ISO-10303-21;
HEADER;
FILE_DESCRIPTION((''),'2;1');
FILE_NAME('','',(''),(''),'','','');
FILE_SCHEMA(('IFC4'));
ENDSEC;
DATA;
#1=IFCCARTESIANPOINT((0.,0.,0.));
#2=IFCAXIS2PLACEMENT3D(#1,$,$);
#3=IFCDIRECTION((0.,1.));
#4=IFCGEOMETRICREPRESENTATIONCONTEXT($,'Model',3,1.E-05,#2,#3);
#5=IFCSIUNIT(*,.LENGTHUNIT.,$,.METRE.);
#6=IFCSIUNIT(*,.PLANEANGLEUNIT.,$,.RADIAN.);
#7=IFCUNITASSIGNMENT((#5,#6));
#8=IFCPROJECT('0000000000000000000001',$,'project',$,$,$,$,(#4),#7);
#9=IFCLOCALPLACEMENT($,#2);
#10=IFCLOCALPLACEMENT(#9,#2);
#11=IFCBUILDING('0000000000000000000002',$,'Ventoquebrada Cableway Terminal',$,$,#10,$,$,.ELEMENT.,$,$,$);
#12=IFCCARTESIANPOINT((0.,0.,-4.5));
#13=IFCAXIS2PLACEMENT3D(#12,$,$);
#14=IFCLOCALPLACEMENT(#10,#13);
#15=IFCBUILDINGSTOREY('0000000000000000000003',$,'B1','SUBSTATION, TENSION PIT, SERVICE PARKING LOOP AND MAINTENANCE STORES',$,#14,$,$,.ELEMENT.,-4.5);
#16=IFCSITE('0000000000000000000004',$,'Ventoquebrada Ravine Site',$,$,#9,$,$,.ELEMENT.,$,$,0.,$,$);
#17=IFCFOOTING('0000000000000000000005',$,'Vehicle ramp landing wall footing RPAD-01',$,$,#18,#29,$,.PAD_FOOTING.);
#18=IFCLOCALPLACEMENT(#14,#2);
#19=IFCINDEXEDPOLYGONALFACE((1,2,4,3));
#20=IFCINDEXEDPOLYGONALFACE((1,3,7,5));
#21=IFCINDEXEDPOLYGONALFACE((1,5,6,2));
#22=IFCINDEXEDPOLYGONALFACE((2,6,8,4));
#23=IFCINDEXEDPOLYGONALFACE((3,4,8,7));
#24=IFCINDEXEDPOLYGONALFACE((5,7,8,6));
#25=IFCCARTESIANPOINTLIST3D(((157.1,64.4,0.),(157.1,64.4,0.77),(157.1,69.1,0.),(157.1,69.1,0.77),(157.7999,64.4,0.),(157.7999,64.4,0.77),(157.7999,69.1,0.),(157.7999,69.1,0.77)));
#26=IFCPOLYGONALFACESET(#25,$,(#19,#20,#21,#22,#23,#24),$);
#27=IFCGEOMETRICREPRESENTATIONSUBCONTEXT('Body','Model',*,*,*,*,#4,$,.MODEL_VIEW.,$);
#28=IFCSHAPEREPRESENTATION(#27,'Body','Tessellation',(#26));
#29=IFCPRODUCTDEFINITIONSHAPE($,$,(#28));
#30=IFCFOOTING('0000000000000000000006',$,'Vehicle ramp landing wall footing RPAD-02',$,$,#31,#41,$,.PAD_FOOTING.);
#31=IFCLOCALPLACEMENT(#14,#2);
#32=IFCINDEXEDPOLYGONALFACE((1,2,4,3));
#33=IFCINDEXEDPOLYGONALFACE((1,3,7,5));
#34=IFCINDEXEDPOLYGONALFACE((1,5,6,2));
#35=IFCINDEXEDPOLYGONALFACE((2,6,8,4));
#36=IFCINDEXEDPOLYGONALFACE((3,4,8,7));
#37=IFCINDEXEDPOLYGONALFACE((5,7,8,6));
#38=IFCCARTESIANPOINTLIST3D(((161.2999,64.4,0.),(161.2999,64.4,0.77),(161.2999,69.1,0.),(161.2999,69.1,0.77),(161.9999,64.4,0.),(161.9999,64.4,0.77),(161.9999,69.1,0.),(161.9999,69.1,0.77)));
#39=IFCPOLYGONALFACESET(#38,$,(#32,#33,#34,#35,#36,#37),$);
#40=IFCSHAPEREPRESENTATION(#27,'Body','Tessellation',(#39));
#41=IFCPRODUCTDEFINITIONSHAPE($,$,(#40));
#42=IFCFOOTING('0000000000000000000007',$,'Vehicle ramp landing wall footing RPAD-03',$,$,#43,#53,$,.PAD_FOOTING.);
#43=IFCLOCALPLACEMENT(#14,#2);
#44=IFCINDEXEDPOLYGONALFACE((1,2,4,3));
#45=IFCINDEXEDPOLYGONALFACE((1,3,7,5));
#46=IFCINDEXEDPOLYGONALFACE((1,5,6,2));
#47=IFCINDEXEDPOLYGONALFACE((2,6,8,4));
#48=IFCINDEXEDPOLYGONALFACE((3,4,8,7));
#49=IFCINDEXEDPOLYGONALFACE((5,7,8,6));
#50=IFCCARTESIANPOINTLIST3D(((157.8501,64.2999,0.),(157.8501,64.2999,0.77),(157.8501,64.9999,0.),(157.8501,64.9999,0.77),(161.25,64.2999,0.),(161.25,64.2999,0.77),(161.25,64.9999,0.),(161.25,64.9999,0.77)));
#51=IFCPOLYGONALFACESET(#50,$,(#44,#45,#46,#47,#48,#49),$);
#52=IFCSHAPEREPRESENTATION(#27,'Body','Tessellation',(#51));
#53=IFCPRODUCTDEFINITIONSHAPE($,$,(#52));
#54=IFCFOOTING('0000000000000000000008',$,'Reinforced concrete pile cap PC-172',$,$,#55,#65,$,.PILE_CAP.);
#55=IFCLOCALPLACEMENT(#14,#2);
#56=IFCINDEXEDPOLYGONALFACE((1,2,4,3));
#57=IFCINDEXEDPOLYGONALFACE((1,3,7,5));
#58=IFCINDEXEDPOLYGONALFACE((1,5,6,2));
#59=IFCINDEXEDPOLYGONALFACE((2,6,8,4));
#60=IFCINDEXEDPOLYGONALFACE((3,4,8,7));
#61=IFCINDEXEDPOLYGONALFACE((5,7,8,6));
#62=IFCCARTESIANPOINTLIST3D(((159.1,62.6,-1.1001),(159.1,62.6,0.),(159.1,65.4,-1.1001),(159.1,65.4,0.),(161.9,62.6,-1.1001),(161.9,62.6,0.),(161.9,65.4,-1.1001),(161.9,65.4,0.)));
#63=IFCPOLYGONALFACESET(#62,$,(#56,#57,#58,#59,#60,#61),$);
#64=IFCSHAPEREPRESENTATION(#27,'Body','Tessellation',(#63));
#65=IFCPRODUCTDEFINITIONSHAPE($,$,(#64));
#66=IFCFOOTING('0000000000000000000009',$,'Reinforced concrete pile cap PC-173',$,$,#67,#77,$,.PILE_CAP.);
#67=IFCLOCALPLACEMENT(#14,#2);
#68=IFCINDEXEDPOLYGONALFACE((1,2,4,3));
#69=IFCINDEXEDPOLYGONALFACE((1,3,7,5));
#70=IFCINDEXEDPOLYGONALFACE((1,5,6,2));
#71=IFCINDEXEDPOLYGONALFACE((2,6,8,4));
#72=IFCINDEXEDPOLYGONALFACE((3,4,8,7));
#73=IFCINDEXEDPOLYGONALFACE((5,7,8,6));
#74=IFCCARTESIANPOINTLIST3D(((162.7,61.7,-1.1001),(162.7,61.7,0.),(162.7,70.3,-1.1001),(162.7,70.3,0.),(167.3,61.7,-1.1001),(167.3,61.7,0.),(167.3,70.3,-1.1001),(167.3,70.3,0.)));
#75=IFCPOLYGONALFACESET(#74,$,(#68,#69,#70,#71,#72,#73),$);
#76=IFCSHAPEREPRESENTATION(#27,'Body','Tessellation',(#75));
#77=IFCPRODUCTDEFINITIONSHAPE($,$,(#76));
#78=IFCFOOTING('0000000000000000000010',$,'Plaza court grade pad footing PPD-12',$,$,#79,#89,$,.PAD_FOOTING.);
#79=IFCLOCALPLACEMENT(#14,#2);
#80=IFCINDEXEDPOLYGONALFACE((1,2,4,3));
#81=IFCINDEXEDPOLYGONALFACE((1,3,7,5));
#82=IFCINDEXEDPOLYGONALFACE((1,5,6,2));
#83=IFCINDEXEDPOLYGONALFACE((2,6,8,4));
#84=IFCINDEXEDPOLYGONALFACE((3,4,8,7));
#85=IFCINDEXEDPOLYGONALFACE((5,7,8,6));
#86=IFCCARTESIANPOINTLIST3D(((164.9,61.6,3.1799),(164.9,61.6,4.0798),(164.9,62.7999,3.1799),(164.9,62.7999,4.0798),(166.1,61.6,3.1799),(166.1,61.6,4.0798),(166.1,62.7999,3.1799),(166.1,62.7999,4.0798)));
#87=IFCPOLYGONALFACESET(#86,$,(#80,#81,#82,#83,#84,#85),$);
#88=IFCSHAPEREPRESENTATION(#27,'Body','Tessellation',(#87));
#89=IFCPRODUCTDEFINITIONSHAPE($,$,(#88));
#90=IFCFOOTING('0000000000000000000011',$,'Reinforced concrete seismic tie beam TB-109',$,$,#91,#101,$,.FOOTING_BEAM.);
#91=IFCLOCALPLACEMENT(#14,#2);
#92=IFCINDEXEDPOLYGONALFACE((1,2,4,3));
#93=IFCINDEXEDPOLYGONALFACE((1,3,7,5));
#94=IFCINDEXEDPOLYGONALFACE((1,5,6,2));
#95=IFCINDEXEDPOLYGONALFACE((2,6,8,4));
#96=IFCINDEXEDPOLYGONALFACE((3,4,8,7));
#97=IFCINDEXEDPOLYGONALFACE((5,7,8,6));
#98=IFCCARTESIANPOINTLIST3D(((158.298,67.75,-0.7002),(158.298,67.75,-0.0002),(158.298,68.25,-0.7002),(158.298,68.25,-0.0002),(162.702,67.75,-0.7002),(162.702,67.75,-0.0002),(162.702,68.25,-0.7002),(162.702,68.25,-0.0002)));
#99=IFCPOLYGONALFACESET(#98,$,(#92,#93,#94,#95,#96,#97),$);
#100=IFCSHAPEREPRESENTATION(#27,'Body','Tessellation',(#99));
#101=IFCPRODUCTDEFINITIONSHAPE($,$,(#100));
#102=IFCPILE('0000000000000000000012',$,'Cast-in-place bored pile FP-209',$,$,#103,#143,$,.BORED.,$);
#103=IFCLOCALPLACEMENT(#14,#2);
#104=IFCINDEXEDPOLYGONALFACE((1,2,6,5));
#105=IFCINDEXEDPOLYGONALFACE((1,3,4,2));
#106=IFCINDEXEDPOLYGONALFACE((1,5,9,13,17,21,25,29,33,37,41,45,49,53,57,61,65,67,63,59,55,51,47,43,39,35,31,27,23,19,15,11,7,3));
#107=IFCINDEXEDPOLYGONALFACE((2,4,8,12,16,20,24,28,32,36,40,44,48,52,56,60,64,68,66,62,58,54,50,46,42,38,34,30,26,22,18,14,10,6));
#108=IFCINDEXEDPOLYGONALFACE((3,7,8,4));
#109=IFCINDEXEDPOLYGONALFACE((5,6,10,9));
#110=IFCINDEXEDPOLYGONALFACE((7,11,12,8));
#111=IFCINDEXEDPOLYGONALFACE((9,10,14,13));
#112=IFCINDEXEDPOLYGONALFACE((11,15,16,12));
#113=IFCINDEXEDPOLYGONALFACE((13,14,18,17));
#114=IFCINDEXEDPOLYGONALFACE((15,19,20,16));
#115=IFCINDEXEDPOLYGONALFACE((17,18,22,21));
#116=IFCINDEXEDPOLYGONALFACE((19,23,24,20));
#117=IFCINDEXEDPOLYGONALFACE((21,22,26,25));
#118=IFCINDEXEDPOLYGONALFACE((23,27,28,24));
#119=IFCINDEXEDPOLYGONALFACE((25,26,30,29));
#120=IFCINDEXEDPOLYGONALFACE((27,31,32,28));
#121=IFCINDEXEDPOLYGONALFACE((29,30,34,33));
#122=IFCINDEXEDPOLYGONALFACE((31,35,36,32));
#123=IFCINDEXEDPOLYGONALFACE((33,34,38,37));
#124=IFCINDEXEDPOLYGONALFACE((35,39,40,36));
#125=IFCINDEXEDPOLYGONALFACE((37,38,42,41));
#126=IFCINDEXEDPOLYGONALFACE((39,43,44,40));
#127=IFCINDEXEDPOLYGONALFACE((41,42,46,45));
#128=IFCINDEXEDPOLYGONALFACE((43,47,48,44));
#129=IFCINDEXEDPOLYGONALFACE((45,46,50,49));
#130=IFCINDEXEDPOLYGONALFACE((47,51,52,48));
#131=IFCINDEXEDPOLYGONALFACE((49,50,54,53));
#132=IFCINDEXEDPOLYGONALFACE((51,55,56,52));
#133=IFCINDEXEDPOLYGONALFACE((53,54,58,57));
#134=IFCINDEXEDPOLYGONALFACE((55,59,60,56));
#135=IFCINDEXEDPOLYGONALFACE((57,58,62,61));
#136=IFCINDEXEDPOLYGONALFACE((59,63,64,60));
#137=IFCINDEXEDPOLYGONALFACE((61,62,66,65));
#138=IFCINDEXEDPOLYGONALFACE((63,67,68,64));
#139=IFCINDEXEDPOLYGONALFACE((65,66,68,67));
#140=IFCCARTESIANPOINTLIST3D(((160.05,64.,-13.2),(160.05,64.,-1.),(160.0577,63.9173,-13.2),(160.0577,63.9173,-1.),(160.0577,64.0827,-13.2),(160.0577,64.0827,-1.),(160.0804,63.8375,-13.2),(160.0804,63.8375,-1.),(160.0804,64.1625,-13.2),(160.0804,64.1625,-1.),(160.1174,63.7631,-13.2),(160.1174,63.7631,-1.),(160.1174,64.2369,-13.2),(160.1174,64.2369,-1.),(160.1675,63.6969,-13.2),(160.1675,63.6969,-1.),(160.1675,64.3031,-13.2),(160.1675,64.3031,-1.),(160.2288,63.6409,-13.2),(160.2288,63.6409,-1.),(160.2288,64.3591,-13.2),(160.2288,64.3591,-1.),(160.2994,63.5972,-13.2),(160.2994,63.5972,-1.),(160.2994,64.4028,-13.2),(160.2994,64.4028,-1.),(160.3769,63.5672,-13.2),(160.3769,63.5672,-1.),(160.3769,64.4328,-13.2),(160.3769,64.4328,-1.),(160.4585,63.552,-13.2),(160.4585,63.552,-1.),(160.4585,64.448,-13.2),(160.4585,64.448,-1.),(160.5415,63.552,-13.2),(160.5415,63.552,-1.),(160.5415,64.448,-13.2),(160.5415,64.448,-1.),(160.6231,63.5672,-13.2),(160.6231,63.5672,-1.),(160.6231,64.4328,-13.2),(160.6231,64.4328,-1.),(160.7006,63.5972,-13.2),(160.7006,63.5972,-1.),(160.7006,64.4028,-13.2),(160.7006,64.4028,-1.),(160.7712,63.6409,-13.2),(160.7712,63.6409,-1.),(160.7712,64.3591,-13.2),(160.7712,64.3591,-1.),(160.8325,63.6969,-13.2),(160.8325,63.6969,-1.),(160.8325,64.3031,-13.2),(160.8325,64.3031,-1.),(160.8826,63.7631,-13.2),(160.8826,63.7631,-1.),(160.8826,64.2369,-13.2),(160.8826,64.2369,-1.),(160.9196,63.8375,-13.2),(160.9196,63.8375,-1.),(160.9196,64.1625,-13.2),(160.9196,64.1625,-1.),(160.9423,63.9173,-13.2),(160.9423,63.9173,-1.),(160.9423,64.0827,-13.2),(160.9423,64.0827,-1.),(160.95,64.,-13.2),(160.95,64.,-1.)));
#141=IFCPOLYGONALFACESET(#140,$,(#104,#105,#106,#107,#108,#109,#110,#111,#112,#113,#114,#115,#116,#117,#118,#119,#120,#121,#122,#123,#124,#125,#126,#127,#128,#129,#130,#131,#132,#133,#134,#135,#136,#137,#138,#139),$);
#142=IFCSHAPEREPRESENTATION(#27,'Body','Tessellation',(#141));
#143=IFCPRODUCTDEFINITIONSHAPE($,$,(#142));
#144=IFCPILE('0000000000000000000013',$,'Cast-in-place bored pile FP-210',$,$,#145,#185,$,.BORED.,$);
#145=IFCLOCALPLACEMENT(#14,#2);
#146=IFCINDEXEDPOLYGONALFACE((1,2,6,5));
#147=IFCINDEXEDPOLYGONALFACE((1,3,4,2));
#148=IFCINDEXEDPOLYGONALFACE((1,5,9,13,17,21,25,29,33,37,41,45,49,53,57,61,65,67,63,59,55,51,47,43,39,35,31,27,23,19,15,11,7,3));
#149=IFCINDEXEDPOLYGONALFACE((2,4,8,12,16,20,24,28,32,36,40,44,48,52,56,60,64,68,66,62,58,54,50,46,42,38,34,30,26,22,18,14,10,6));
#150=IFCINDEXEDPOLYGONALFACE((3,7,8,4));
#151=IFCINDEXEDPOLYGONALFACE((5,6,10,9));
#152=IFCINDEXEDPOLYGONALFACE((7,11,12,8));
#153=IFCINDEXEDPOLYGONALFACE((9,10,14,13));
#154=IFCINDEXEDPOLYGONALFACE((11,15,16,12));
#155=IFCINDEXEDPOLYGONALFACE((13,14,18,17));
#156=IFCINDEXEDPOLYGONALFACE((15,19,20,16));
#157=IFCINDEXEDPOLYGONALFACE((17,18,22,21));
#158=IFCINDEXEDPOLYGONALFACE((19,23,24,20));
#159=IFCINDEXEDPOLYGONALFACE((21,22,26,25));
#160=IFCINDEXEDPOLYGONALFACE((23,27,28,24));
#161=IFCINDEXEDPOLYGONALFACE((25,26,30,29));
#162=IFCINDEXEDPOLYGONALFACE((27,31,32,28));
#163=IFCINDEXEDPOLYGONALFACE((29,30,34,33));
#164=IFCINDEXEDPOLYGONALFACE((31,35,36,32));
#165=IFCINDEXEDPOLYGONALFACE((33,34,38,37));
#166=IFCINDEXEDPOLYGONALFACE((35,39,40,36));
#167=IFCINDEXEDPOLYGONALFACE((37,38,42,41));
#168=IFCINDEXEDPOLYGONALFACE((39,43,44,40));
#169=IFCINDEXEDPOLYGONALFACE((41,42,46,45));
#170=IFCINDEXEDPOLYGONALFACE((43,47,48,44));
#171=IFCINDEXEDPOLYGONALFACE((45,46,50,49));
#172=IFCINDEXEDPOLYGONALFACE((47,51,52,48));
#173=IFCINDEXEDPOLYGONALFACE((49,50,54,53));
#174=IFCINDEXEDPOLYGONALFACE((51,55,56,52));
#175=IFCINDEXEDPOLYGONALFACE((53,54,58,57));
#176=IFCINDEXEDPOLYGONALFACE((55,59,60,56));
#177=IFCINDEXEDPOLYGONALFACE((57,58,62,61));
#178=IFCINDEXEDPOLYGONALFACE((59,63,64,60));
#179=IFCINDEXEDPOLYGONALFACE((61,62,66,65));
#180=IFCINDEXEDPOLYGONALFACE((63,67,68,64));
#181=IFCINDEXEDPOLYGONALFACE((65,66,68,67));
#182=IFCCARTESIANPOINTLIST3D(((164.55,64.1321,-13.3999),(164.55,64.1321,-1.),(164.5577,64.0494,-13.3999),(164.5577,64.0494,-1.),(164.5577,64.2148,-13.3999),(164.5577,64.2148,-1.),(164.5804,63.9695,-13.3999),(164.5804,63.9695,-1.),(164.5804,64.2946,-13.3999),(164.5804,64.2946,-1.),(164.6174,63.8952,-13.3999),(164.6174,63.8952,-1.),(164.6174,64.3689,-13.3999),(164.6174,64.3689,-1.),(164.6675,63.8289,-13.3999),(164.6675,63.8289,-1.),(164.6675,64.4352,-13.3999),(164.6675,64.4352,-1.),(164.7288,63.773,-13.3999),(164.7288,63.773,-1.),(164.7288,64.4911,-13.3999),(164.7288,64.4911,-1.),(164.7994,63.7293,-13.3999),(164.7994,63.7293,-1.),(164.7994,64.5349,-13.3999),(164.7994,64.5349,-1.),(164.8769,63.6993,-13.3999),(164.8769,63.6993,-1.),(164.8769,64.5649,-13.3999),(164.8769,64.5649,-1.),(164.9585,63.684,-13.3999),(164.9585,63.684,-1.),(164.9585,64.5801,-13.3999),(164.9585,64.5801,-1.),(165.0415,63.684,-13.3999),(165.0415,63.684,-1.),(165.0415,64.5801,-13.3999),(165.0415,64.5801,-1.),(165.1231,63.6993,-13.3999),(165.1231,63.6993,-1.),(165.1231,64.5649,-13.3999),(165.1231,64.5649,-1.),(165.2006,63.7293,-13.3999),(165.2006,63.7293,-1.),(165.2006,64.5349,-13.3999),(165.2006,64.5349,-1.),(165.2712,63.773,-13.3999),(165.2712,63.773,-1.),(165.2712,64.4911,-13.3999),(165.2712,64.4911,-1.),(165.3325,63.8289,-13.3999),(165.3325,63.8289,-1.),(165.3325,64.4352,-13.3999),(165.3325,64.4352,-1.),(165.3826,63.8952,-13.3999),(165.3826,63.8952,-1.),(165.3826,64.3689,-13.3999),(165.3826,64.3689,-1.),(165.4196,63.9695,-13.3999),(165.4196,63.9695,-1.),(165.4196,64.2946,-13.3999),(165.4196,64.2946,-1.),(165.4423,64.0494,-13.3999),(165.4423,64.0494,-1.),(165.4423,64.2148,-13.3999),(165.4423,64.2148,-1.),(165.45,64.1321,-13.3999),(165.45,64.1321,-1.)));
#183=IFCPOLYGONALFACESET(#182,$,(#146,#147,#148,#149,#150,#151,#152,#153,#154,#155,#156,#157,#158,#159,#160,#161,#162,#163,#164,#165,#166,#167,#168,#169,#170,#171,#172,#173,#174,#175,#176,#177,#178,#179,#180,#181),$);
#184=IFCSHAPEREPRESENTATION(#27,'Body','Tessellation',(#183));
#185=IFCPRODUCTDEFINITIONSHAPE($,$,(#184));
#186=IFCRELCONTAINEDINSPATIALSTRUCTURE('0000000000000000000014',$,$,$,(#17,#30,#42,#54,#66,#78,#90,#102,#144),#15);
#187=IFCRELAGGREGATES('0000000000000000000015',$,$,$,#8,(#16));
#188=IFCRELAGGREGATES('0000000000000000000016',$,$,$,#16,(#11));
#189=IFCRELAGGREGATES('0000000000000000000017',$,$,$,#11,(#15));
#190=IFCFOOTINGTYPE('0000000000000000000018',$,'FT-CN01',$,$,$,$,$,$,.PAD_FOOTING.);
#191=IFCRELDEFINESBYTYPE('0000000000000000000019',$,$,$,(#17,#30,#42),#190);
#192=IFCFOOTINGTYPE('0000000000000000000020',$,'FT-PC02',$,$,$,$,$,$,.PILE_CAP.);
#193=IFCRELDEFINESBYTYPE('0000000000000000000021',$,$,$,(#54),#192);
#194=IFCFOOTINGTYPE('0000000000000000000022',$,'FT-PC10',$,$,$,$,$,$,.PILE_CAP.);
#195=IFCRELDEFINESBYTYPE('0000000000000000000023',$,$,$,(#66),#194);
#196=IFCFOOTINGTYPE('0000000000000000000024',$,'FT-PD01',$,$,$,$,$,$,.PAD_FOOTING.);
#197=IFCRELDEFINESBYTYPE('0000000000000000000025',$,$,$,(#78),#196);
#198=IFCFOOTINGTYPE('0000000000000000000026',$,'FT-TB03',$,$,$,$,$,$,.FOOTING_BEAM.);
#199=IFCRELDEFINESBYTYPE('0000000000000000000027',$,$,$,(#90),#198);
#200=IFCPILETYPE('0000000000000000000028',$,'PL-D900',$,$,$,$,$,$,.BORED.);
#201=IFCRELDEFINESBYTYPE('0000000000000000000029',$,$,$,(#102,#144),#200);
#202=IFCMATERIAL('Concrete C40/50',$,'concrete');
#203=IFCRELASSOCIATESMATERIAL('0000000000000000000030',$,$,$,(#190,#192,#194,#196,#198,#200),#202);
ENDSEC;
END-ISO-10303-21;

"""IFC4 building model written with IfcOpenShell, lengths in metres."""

from ifc_helpers import new_model, si_unit, direction, frame, origin, origin_2d, place, context, subcontext, project, spatial, rectangle, circle, extrude, material, material_profile, profile_set, type_object, element, save


model = new_model("IFC4")

# Units and contexts
model_context = context("Model", 3, precision=1e-05, world=origin(), true_north=direction((0.0, 1.0)))
body_context = subcontext(model_context, "Body", "Model", "MODEL_VIEW")
ifc_project = project(units=[si_unit("LENGTHUNIT", "METRE"), si_unit("PLANEANGLEUNIT", "RADIAN")], contexts=[model_context])

# Site, building, storey
site_placement = place(None, origin())
site = spatial("IfcSite", under=ifc_project, at=site_placement, Name="Ventoquebrada Ravine Site", CompositionType="ELEMENT", RefElevation=0.0)
building_placement = place(site_placement, origin())
building = spatial("IfcBuilding", under=site, at=building_placement, Name="Ventoquebrada Cableway Terminal", CompositionType="ELEMENT")
storey_placement = place(building_placement, frame((0.0, 0.0, -4.5)))
storey = spatial("IfcBuildingStorey", under=building, at=storey_placement, Name="B1", Description="SUBSTATION, TENSION PIT, SERVICE PARKING LOOP AND MAINTENANCE STORES", CompositionType="ELEMENT", Elevation=-4.5)

# Footings
ifc_material_1 = material(Name="Concrete C40/50", Category="concrete")
footing_type_1 = type_object("IfcFootingType", Name="FT-CN01", PredefinedType="PAD_FOOTING", material=ifc_material_1)
for number, where, z_axis, x_axis, name in (
    (1, (157.45, 66.75, 0.0), (0.0, 0.0, 1.0), (1.0, 0.0, 0.0), "Vehicle ramp landing wall footing RPAD-01"),
    (2, (161.6499, 66.75, 0.0), (0.0, 0.0, 1.0), (1.0, 0.0, 0.0), "Vehicle ramp landing wall footing RPAD-02"),
):
    element("IfcFooting", number, at=place(storey_placement, frame(where, z_axis=z_axis, x_axis=x_axis)), inside=storey, type_object=footing_type_1, Name=name, PredefinedType="PAD_FOOTING", context=body_context, shape_type="SweptSolid", body=[
        extrude(rectangle(XDim=0.7, YDim=4.7, at=origin_2d()), origin(), (0.0, 0.0, 1.0), 0.77),
    ])
footing_1_placement = place(storey_placement, frame((159.55, 64.6499, 0.0), z_axis=(0.0, 0.0, 1.0), x_axis=(1.0, 0.0, 0.0)))
element("IfcFooting", 3, at=footing_1_placement, inside=storey, type_object=footing_type_1, Name="Vehicle ramp landing wall footing RPAD-03", PredefinedType="PAD_FOOTING", context=body_context, shape_type="SweptSolid", body=[
    extrude(rectangle(XDim=3.3999, YDim=0.7, at=origin_2d()), origin(), (0.0, 0.0, 1.0), 0.77),
])
footing_type_2 = type_object("IfcFootingType", Name="FT-PC02", PredefinedType="PILE_CAP", material=ifc_material_1)
footing_2_placement = place(storey_placement, frame((160.5, 64.0, -1.1001), z_axis=(0.0, 0.0, 1.0), x_axis=(1.0, 0.0, 0.0)))
element("IfcFooting", 4, at=footing_2_placement, inside=storey, type_object=footing_type_2, Name="Reinforced concrete pile cap PC-172", PredefinedType="PILE_CAP", context=body_context, shape_type="SweptSolid", body=[
    extrude(rectangle(XDim=2.8, YDim=2.8, at=origin_2d()), origin(), (0.0, 0.0, 1.0), 1.1001),
])
footing_type_3 = type_object("IfcFootingType", Name="FT-PC10", PredefinedType="PILE_CAP", material=ifc_material_1)
footing_3_placement = place(storey_placement, frame((165.0, 66.0, -1.1001), z_axis=(0.0, 0.0, 1.0), x_axis=(1.0, 0.0, 0.0)))
element("IfcFooting", 5, at=footing_3_placement, inside=storey, type_object=footing_type_3, Name="Reinforced concrete pile cap PC-173", PredefinedType="PILE_CAP", context=body_context, shape_type="SweptSolid", body=[
    extrude(rectangle(XDim=4.6001, YDim=8.6001, at=origin_2d()), origin(), (0.0, 0.0, 1.0), 1.1001),
])
footing_type_4 = type_object("IfcFootingType", Name="FT-PD01", PredefinedType="PAD_FOOTING", material=ifc_material_1)
footing_4_placement = place(storey_placement, frame((165.5, 62.2, 3.1799), z_axis=(0.0, 0.0, 1.0), x_axis=(1.0, 0.0, 0.0)))
element("IfcFooting", 6, at=footing_4_placement, inside=storey, type_object=footing_type_4, Name="Plaza court grade pad footing PPD-12", PredefinedType="PAD_FOOTING", context=body_context, shape_type="SweptSolid", body=[
    extrude(rectangle(XDim=1.2, YDim=1.2, at=origin_2d()), origin(), (0.0, 0.0, 1.0), 0.8999),
])
footing_type_5 = type_object("IfcFootingType", Name="FT-TB03", PredefinedType="FOOTING_BEAM", material=ifc_material_1)
footing_5_placement = place(storey_placement, frame((160.5, 68.0, -0.7002), z_axis=(0.0, 0.0, 1.0), x_axis=(1.0, 0.0, 0.0)))
element("IfcFooting", 7, at=footing_5_placement, inside=storey, type_object=footing_type_5, Name="Reinforced concrete seismic tie beam TB-109", PredefinedType="FOOTING_BEAM", context=body_context, shape_type="SweptSolid", body=[
    extrude(rectangle(XDim=4.4041, YDim=0.5, at=origin_2d()), origin(), (0.0, 0.0, 1.0), 0.7),
])

# Piles
ifc_material_profile_1 = material_profile(ifc_material_1, circle(Radius=0.45, at=origin_2d()), Name="PILE-D900")
ifc_profile_set_1 = profile_set([ifc_material_profile_1], Name="Concrete C40/50")
pile_type = type_object("IfcPileType", Name="PL-D900", PredefinedType="BORED", material=ifc_profile_set_1)
pile_1_placement = place(storey_placement, frame((160.5, 64.0, -1.0), z_axis=(0.0, 0.0, -1.0), x_axis=(1.0, 0.0, 0.0)))
element("IfcPile", 8, at=pile_1_placement, inside=storey, type_object=pile_type, Name="Cast-in-place bored pile FP-209", PredefinedType="BORED", context=body_context, shape_type="SweptSolid", body=[
    extrude(circle(Radius=0.45, at=origin_2d()), origin(), (0.0, 0.0, 1.0), 12.2),
])
pile_2_placement = place(storey_placement, frame((165.0, 64.1321, -1.0), z_axis=(0.0, 0.0, -1.0), x_axis=(1.0, 0.0, 0.0)))
element("IfcPile", 9, at=pile_2_placement, inside=storey, type_object=pile_type, Name="Cast-in-place bored pile FP-210", PredefinedType="BORED", context=body_context, shape_type="SweptSolid", body=[
    extrude(circle(Radius=0.45, at=origin_2d()), origin(), (0.0, 0.0, 1.0), 12.3999),
])

save(model, "model.ifc")
